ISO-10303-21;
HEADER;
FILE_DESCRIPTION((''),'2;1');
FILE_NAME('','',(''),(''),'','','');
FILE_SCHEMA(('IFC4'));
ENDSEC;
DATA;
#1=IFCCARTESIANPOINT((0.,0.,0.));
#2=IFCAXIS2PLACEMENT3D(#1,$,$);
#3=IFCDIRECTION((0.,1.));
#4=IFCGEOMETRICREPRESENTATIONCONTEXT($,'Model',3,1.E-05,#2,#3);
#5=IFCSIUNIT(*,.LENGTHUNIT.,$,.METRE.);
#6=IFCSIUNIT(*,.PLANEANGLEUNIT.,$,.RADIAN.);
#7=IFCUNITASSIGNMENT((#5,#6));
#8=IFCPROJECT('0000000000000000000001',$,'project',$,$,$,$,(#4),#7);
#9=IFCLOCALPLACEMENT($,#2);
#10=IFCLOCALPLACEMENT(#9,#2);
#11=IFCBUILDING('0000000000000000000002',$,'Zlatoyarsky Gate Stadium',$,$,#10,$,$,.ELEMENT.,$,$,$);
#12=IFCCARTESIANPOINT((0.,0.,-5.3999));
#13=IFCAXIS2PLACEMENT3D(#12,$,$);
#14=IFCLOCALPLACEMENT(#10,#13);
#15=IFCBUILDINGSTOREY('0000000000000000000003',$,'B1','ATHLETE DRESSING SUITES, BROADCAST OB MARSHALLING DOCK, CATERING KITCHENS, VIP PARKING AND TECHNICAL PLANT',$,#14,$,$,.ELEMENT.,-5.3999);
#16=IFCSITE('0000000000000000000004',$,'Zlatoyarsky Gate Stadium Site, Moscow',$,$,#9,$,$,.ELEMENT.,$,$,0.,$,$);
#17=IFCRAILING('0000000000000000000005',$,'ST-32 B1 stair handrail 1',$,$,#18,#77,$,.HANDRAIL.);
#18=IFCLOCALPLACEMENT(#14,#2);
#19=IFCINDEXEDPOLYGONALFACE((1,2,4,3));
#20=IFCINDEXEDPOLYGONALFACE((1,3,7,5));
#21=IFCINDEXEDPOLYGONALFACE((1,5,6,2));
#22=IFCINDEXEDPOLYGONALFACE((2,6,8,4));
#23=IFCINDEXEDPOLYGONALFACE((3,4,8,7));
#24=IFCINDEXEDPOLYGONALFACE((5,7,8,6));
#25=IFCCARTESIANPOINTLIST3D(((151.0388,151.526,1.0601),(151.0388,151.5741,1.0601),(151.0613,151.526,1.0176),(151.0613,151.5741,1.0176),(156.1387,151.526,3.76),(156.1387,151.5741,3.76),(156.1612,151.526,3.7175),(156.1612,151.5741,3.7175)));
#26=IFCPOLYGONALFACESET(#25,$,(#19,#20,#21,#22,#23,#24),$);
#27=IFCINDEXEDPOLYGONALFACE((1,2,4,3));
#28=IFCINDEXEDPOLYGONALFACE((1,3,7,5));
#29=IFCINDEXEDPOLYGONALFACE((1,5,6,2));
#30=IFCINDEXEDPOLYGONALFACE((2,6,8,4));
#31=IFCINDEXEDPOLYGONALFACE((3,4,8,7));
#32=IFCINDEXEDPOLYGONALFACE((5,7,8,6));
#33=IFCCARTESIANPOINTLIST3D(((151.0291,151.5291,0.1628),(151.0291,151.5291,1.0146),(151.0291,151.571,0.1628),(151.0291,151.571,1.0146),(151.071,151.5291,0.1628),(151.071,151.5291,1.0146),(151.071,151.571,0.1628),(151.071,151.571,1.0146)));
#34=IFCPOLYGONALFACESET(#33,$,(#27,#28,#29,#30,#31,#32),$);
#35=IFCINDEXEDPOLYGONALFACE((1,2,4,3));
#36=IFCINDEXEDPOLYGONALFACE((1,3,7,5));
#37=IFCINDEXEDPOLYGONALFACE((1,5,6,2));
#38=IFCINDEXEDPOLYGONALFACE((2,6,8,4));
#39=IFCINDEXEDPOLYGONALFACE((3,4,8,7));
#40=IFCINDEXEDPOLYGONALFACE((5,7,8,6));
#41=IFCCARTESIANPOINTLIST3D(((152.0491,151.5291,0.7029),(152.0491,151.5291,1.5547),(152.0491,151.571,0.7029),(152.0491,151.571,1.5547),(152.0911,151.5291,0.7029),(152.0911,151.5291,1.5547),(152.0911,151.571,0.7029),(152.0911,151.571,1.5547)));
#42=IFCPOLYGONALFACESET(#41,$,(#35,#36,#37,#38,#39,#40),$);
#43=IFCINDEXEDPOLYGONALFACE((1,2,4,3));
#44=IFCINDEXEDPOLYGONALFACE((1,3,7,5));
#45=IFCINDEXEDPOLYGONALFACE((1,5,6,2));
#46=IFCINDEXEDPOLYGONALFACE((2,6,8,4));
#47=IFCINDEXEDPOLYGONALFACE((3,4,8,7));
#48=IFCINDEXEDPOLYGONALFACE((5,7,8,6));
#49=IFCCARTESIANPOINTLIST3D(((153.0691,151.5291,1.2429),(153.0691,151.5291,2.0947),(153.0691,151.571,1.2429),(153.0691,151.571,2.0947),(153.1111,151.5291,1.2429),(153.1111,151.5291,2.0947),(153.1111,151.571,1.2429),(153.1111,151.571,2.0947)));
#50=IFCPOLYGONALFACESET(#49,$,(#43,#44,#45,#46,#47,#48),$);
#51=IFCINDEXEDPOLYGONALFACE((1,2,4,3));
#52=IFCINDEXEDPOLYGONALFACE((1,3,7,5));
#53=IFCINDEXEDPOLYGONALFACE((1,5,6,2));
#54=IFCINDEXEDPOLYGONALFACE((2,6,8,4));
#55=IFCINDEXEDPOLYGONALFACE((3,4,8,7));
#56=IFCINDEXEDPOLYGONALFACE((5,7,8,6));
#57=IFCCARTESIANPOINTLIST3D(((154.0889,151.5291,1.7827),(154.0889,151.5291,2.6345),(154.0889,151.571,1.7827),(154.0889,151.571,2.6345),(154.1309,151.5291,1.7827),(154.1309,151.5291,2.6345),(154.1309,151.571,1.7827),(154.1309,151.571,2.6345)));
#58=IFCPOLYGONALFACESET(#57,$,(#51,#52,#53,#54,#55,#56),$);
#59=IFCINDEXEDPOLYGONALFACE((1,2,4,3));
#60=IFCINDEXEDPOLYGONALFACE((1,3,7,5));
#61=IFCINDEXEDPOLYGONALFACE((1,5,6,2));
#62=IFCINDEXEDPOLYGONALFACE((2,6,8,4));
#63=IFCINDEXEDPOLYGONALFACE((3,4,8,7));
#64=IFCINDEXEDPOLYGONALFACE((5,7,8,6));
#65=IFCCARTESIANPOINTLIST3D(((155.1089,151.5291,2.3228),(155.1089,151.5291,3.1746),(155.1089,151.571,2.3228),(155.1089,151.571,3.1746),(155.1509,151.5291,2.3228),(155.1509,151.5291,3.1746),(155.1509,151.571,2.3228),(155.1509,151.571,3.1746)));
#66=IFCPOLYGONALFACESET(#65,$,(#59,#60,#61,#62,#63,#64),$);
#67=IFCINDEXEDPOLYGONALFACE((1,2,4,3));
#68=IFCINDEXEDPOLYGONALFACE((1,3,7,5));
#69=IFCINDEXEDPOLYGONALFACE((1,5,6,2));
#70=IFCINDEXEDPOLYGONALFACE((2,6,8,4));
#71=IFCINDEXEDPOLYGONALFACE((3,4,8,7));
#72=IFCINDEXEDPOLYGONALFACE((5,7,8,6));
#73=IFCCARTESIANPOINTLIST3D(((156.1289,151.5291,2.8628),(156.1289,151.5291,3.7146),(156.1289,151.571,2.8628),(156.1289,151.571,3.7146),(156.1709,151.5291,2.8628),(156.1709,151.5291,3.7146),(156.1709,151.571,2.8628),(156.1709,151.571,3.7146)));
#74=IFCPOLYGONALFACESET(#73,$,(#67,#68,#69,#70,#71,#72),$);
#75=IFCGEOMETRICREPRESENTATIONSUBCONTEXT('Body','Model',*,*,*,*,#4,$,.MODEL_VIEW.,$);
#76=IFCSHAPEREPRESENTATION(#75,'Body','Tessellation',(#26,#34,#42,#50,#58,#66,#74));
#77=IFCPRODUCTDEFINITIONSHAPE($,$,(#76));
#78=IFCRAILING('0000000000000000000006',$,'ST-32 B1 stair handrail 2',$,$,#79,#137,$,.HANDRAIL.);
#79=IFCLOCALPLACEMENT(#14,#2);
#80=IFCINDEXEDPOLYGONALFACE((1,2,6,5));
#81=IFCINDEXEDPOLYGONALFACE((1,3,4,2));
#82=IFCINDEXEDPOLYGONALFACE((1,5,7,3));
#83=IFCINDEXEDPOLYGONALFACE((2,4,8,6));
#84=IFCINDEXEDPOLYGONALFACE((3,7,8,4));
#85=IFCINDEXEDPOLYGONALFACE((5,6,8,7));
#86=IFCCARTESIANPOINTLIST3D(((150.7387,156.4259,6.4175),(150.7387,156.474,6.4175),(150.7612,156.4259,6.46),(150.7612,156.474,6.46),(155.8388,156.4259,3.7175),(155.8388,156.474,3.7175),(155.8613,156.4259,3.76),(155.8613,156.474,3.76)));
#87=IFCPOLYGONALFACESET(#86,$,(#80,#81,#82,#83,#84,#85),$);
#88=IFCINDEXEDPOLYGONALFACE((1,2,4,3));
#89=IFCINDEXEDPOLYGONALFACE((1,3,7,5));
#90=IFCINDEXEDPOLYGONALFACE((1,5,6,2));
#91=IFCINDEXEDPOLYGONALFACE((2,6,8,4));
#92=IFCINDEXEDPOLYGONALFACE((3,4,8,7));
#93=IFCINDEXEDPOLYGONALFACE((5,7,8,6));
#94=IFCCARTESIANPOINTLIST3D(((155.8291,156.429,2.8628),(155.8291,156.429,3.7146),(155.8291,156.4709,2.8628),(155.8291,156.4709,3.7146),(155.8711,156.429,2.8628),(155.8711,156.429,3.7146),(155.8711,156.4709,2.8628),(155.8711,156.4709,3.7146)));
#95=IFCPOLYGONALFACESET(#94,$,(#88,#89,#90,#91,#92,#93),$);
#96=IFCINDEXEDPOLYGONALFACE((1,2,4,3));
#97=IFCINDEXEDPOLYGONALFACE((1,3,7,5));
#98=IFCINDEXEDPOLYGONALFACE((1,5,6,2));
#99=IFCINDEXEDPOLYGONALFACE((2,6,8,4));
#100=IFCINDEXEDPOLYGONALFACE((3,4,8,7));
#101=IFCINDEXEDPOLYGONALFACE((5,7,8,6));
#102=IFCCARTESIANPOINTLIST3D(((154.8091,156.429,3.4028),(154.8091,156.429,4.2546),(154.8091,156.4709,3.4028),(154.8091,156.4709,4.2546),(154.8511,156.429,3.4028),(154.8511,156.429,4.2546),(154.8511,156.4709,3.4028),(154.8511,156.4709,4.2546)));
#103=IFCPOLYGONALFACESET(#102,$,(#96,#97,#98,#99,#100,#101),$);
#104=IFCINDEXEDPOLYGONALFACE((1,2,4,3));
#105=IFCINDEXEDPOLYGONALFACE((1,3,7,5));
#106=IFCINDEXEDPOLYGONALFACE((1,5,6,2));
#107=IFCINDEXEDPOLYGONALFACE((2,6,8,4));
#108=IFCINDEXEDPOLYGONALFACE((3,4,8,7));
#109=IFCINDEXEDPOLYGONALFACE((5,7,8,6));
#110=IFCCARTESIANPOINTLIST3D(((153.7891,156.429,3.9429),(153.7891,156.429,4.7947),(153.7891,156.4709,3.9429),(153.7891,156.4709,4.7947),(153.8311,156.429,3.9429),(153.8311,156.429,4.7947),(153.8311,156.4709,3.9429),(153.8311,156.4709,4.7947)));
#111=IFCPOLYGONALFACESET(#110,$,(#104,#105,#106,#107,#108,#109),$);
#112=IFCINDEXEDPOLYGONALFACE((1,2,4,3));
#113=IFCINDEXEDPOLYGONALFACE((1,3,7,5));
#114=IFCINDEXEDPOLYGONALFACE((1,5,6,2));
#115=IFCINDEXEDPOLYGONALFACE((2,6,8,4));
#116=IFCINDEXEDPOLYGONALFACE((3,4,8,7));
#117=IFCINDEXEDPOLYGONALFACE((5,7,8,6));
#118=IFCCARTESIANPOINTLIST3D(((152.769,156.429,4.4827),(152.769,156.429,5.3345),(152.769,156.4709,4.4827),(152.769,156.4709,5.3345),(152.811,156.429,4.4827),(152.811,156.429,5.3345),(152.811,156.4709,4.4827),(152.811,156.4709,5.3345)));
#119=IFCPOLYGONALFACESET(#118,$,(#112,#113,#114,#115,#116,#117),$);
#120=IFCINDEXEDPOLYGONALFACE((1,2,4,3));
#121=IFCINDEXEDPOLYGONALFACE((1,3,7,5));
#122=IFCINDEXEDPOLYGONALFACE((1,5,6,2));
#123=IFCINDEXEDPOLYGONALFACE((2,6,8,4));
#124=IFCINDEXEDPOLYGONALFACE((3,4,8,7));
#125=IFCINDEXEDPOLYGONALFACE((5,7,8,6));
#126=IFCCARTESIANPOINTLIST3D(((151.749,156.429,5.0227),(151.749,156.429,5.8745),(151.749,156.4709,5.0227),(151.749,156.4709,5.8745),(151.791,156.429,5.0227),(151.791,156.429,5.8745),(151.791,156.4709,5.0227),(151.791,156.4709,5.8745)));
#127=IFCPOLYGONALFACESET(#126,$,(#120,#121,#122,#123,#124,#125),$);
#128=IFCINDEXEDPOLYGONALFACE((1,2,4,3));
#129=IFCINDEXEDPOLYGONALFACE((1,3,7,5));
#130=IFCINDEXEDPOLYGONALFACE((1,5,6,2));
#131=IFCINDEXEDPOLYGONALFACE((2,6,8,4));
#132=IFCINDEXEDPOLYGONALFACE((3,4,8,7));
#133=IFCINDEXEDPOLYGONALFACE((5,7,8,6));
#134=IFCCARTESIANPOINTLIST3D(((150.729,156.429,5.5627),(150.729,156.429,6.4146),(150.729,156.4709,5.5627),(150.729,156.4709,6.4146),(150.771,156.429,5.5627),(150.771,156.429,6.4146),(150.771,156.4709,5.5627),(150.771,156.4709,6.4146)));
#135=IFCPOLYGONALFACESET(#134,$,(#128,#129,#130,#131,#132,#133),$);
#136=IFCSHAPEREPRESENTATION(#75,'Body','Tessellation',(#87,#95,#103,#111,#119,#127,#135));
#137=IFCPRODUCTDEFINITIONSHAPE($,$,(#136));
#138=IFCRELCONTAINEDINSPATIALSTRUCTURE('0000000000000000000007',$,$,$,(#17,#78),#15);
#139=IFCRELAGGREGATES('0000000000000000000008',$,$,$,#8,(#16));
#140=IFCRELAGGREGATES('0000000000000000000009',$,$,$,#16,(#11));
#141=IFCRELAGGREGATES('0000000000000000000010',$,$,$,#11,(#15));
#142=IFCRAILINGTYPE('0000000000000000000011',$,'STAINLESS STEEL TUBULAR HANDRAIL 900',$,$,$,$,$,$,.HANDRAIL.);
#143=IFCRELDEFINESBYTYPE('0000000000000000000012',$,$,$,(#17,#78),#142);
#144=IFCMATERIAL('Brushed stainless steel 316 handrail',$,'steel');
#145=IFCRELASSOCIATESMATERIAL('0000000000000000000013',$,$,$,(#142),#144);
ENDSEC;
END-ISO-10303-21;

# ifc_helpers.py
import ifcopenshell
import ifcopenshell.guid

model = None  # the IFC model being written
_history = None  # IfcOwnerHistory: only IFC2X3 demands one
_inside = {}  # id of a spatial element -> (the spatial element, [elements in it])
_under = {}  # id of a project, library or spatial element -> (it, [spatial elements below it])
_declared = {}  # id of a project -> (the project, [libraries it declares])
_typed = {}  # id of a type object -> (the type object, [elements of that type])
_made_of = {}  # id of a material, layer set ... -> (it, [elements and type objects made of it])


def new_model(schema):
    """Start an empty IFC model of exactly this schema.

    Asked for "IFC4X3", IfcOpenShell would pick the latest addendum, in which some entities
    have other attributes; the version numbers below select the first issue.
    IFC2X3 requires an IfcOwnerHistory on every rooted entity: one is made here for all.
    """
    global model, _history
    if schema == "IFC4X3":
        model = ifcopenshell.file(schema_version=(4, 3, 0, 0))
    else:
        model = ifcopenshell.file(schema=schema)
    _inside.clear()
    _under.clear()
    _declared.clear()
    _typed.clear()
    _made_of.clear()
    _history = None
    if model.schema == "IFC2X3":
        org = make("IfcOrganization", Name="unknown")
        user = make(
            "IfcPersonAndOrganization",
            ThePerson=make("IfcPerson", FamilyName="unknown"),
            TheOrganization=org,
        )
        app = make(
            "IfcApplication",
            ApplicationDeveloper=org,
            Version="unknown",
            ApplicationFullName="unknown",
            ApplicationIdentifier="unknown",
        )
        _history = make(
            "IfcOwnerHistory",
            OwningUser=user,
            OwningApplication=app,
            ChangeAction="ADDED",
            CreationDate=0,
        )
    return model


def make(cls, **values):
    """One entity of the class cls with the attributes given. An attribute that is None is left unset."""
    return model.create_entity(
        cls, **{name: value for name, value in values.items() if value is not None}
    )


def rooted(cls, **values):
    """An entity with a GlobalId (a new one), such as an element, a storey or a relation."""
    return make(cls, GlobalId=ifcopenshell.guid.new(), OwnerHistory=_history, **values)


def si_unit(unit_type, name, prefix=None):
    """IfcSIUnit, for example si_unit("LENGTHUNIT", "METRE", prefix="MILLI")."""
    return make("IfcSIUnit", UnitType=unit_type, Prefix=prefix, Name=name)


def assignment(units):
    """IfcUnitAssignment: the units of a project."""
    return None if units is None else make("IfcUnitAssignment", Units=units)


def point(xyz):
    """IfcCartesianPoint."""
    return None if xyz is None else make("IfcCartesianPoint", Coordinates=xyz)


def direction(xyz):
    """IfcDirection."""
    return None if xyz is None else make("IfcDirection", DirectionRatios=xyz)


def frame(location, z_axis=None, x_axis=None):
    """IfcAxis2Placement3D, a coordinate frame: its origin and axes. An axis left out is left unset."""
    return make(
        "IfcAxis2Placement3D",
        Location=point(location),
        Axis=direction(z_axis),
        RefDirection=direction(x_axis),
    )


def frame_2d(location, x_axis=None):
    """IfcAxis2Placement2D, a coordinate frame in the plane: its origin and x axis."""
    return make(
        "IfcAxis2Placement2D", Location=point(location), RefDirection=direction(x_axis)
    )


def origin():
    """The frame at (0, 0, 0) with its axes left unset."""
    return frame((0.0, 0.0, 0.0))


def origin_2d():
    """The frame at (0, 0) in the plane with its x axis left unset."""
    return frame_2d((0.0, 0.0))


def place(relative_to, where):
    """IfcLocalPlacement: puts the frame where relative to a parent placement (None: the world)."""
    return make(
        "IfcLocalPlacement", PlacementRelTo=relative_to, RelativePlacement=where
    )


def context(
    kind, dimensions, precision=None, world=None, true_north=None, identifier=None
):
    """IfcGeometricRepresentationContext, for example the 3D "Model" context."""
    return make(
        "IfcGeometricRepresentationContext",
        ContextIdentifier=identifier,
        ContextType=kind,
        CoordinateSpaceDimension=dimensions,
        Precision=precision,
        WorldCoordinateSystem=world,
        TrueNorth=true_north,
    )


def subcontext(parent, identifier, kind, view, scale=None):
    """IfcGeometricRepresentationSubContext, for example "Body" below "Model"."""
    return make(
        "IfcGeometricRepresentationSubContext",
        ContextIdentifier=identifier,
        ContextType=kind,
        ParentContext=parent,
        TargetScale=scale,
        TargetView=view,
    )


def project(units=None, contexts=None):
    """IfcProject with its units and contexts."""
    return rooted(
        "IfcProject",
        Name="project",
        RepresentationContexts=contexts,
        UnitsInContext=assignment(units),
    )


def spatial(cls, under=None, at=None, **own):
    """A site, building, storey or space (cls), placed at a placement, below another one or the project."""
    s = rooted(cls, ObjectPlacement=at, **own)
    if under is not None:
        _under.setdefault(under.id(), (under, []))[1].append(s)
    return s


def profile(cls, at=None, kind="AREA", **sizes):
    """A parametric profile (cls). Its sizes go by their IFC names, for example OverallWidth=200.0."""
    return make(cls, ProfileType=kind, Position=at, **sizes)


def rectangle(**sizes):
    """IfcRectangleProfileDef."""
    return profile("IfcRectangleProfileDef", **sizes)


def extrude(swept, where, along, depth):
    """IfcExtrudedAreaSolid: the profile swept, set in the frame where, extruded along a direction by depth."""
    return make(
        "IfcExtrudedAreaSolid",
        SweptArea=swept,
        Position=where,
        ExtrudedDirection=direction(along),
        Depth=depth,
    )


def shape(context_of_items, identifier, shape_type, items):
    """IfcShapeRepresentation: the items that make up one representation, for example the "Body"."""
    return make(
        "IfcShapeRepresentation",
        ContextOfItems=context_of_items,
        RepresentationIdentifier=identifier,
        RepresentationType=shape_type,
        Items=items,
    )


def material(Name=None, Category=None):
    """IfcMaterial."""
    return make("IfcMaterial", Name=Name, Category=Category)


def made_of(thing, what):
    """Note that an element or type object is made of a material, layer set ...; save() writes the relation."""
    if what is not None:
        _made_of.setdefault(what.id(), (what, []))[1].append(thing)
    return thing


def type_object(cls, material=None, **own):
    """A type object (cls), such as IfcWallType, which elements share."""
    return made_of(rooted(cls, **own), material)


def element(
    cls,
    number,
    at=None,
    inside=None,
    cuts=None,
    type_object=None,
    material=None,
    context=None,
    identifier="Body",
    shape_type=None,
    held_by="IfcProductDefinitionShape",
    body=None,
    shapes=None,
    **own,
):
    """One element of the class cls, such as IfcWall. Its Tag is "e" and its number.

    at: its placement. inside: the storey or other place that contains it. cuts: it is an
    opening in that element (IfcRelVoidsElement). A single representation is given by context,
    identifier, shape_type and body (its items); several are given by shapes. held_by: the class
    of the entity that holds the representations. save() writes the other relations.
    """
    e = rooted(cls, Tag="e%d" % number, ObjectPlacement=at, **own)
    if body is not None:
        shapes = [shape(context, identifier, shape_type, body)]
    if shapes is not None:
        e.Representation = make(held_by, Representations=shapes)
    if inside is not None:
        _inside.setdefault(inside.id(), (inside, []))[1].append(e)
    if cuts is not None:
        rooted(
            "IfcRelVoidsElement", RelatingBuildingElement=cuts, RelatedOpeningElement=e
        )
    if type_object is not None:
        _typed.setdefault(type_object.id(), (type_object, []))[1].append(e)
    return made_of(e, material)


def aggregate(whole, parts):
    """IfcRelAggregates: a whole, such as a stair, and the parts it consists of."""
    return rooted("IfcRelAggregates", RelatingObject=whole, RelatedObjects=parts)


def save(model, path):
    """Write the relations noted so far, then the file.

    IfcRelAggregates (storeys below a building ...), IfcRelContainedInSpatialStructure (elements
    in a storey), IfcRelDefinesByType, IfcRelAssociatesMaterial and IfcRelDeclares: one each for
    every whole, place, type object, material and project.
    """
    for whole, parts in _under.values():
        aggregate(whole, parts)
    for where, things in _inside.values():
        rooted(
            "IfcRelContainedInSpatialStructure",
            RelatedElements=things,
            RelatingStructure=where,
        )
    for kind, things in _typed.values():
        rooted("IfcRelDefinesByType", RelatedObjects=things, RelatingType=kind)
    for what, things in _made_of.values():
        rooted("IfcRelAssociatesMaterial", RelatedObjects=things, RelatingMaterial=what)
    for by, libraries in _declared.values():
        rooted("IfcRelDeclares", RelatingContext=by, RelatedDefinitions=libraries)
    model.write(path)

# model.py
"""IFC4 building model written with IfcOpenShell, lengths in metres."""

from ifc_helpers import new_model, si_unit, direction, frame, origin, origin_2d, place, context, subcontext, project, spatial, rectangle, extrude, material, type_object, element, save


model = new_model("IFC4")

# Units and contexts
model_context = context("Model", 3, precision=1e-05, world=origin(), true_north=direction((0.0, 1.0)))
body_context = subcontext(model_context, "Body", "Model", "MODEL_VIEW")
ifc_project = project(units=[si_unit("LENGTHUNIT", "METRE"), si_unit("PLANEANGLEUNIT", "RADIAN")], contexts=[model_context])

# Site, building, storey
site_placement = place(None, origin())
site = spatial("IfcSite", under=ifc_project, at=site_placement, Name="Zlatoyarsky Gate Stadium Site, Moscow", CompositionType="ELEMENT", RefElevation=0.0)
building_placement = place(site_placement, origin())
building = spatial("IfcBuilding", under=site, at=building_placement, Name="Zlatoyarsky Gate Stadium", CompositionType="ELEMENT")
storey_placement = place(building_placement, frame((0.0, 0.0, -5.3999)))
storey = spatial("IfcBuildingStorey", under=building, at=storey_placement, Name="B1", Description="ATHLETE DRESSING SUITES, BROADCAST OB MARSHALLING DOCK, CATERING KITCHENS, VIP PARKING AND TECHNICAL PLANT", CompositionType="ELEMENT", Elevation=-5.3999)

# Railings
ifc_material_1 = material(Name="Brushed stainless steel 316 handrail", Category="steel")
railing_type_1 = type_object("IfcRailingType", Name="STAINLESS STEEL TUBULAR HANDRAIL 900", PredefinedType="HANDRAIL", material=ifc_material_1)
railing_1_placement = place(storey_placement, frame((151.05, 151.55, 0.1628)))
element("IfcRailing", 1, at=railing_1_placement, inside=storey, type_object=railing_type_1, Name="ST-32 B1 stair handrail 1", PredefinedType="HANDRAIL", context=body_context, shape_type="SweptSolid", body=[
    extrude(rectangle(XDim=0.0481, YDim=0.0481, at=origin_2d()), frame((0.0, 0.0, 0.876), z_axis=(0.883786, 0.0, 0.467892), x_axis=(0.0, 1.0, 0.0)), (0.0, 0.0, 1.0), 5.7705),
    extrude(rectangle(XDim=0.042, YDim=0.042, at=origin_2d()), origin(), (0.0, 0.0, 1.0), 0.8518),
    extrude(rectangle(XDim=0.042, YDim=0.042, at=origin_2d()), frame((1.02, 0.0, 0.54)), (0.0, 0.0, 1.0), 0.8518),
    extrude(rectangle(XDim=0.042, YDim=0.042, at=origin_2d()), frame((2.04, 0.0, 1.0801)), (0.0, 0.0, 1.0), 0.8518),
    extrude(rectangle(XDim=0.042, YDim=0.042, at=origin_2d()), frame((3.0598, 0.0, 1.6199)), (0.0, 0.0, 1.0), 0.8518),
    extrude(rectangle(XDim=0.042, YDim=0.042, at=origin_2d()), frame((4.0798, 0.0, 2.1599)), (0.0, 0.0, 1.0), 0.8518),
    extrude(rectangle(XDim=0.042, YDim=0.042, at=origin_2d()), frame((5.0999, 0.0, 2.7)), (0.0, 0.0, 1.0), 0.8518),
])
railing_2_placement = place(storey_placement, frame((155.8501, 156.45, 2.8628)))
element("IfcRailing", 2, at=railing_2_placement, inside=storey, type_object=railing_type_1, Name="ST-32 B1 stair handrail 2", PredefinedType="HANDRAIL", context=body_context, shape_type="SweptSolid", body=[
    extrude(rectangle(XDim=0.0481, YDim=0.0481, at=origin_2d()), frame((0.0, 0.0, 0.876), z_axis=(-0.883795, 0.0, 0.467874), x_axis=(0.0, -1.0, 0.0)), (0.0, 0.0, 1.0), 5.7708),
    extrude(rectangle(XDim=0.042, YDim=0.042, at=origin_2d()), origin(), (0.0, 0.0, 1.0), 0.8518),
    extrude(rectangle(XDim=0.042, YDim=0.042, at=origin_2d()), frame((-1.02, 0.0, 0.54)), (0.0, 0.0, 1.0), 0.8518),
    extrude(rectangle(XDim=0.042, YDim=0.042, at=origin_2d()), frame((-2.04, 0.0, 1.0801)), (0.0, 0.0, 1.0), 0.8518),
    extrude(rectangle(XDim=0.042, YDim=0.042, at=origin_2d()), frame((-3.0601, 0.0, 1.6199)), (0.0, 0.0, 1.0), 0.8518),
    extrude(rectangle(XDim=0.042, YDim=0.042, at=origin_2d()), frame((-4.0801, 0.0, 2.1599)), (0.0, 0.0, 1.0), 0.8518),
    extrude(rectangle(XDim=0.042, YDim=0.042, at=origin_2d()), frame((-5.1001, 0.0, 2.7)), (0.0, 0.0, 1.0), 0.8518),
])

save(model, "model.ifc")
